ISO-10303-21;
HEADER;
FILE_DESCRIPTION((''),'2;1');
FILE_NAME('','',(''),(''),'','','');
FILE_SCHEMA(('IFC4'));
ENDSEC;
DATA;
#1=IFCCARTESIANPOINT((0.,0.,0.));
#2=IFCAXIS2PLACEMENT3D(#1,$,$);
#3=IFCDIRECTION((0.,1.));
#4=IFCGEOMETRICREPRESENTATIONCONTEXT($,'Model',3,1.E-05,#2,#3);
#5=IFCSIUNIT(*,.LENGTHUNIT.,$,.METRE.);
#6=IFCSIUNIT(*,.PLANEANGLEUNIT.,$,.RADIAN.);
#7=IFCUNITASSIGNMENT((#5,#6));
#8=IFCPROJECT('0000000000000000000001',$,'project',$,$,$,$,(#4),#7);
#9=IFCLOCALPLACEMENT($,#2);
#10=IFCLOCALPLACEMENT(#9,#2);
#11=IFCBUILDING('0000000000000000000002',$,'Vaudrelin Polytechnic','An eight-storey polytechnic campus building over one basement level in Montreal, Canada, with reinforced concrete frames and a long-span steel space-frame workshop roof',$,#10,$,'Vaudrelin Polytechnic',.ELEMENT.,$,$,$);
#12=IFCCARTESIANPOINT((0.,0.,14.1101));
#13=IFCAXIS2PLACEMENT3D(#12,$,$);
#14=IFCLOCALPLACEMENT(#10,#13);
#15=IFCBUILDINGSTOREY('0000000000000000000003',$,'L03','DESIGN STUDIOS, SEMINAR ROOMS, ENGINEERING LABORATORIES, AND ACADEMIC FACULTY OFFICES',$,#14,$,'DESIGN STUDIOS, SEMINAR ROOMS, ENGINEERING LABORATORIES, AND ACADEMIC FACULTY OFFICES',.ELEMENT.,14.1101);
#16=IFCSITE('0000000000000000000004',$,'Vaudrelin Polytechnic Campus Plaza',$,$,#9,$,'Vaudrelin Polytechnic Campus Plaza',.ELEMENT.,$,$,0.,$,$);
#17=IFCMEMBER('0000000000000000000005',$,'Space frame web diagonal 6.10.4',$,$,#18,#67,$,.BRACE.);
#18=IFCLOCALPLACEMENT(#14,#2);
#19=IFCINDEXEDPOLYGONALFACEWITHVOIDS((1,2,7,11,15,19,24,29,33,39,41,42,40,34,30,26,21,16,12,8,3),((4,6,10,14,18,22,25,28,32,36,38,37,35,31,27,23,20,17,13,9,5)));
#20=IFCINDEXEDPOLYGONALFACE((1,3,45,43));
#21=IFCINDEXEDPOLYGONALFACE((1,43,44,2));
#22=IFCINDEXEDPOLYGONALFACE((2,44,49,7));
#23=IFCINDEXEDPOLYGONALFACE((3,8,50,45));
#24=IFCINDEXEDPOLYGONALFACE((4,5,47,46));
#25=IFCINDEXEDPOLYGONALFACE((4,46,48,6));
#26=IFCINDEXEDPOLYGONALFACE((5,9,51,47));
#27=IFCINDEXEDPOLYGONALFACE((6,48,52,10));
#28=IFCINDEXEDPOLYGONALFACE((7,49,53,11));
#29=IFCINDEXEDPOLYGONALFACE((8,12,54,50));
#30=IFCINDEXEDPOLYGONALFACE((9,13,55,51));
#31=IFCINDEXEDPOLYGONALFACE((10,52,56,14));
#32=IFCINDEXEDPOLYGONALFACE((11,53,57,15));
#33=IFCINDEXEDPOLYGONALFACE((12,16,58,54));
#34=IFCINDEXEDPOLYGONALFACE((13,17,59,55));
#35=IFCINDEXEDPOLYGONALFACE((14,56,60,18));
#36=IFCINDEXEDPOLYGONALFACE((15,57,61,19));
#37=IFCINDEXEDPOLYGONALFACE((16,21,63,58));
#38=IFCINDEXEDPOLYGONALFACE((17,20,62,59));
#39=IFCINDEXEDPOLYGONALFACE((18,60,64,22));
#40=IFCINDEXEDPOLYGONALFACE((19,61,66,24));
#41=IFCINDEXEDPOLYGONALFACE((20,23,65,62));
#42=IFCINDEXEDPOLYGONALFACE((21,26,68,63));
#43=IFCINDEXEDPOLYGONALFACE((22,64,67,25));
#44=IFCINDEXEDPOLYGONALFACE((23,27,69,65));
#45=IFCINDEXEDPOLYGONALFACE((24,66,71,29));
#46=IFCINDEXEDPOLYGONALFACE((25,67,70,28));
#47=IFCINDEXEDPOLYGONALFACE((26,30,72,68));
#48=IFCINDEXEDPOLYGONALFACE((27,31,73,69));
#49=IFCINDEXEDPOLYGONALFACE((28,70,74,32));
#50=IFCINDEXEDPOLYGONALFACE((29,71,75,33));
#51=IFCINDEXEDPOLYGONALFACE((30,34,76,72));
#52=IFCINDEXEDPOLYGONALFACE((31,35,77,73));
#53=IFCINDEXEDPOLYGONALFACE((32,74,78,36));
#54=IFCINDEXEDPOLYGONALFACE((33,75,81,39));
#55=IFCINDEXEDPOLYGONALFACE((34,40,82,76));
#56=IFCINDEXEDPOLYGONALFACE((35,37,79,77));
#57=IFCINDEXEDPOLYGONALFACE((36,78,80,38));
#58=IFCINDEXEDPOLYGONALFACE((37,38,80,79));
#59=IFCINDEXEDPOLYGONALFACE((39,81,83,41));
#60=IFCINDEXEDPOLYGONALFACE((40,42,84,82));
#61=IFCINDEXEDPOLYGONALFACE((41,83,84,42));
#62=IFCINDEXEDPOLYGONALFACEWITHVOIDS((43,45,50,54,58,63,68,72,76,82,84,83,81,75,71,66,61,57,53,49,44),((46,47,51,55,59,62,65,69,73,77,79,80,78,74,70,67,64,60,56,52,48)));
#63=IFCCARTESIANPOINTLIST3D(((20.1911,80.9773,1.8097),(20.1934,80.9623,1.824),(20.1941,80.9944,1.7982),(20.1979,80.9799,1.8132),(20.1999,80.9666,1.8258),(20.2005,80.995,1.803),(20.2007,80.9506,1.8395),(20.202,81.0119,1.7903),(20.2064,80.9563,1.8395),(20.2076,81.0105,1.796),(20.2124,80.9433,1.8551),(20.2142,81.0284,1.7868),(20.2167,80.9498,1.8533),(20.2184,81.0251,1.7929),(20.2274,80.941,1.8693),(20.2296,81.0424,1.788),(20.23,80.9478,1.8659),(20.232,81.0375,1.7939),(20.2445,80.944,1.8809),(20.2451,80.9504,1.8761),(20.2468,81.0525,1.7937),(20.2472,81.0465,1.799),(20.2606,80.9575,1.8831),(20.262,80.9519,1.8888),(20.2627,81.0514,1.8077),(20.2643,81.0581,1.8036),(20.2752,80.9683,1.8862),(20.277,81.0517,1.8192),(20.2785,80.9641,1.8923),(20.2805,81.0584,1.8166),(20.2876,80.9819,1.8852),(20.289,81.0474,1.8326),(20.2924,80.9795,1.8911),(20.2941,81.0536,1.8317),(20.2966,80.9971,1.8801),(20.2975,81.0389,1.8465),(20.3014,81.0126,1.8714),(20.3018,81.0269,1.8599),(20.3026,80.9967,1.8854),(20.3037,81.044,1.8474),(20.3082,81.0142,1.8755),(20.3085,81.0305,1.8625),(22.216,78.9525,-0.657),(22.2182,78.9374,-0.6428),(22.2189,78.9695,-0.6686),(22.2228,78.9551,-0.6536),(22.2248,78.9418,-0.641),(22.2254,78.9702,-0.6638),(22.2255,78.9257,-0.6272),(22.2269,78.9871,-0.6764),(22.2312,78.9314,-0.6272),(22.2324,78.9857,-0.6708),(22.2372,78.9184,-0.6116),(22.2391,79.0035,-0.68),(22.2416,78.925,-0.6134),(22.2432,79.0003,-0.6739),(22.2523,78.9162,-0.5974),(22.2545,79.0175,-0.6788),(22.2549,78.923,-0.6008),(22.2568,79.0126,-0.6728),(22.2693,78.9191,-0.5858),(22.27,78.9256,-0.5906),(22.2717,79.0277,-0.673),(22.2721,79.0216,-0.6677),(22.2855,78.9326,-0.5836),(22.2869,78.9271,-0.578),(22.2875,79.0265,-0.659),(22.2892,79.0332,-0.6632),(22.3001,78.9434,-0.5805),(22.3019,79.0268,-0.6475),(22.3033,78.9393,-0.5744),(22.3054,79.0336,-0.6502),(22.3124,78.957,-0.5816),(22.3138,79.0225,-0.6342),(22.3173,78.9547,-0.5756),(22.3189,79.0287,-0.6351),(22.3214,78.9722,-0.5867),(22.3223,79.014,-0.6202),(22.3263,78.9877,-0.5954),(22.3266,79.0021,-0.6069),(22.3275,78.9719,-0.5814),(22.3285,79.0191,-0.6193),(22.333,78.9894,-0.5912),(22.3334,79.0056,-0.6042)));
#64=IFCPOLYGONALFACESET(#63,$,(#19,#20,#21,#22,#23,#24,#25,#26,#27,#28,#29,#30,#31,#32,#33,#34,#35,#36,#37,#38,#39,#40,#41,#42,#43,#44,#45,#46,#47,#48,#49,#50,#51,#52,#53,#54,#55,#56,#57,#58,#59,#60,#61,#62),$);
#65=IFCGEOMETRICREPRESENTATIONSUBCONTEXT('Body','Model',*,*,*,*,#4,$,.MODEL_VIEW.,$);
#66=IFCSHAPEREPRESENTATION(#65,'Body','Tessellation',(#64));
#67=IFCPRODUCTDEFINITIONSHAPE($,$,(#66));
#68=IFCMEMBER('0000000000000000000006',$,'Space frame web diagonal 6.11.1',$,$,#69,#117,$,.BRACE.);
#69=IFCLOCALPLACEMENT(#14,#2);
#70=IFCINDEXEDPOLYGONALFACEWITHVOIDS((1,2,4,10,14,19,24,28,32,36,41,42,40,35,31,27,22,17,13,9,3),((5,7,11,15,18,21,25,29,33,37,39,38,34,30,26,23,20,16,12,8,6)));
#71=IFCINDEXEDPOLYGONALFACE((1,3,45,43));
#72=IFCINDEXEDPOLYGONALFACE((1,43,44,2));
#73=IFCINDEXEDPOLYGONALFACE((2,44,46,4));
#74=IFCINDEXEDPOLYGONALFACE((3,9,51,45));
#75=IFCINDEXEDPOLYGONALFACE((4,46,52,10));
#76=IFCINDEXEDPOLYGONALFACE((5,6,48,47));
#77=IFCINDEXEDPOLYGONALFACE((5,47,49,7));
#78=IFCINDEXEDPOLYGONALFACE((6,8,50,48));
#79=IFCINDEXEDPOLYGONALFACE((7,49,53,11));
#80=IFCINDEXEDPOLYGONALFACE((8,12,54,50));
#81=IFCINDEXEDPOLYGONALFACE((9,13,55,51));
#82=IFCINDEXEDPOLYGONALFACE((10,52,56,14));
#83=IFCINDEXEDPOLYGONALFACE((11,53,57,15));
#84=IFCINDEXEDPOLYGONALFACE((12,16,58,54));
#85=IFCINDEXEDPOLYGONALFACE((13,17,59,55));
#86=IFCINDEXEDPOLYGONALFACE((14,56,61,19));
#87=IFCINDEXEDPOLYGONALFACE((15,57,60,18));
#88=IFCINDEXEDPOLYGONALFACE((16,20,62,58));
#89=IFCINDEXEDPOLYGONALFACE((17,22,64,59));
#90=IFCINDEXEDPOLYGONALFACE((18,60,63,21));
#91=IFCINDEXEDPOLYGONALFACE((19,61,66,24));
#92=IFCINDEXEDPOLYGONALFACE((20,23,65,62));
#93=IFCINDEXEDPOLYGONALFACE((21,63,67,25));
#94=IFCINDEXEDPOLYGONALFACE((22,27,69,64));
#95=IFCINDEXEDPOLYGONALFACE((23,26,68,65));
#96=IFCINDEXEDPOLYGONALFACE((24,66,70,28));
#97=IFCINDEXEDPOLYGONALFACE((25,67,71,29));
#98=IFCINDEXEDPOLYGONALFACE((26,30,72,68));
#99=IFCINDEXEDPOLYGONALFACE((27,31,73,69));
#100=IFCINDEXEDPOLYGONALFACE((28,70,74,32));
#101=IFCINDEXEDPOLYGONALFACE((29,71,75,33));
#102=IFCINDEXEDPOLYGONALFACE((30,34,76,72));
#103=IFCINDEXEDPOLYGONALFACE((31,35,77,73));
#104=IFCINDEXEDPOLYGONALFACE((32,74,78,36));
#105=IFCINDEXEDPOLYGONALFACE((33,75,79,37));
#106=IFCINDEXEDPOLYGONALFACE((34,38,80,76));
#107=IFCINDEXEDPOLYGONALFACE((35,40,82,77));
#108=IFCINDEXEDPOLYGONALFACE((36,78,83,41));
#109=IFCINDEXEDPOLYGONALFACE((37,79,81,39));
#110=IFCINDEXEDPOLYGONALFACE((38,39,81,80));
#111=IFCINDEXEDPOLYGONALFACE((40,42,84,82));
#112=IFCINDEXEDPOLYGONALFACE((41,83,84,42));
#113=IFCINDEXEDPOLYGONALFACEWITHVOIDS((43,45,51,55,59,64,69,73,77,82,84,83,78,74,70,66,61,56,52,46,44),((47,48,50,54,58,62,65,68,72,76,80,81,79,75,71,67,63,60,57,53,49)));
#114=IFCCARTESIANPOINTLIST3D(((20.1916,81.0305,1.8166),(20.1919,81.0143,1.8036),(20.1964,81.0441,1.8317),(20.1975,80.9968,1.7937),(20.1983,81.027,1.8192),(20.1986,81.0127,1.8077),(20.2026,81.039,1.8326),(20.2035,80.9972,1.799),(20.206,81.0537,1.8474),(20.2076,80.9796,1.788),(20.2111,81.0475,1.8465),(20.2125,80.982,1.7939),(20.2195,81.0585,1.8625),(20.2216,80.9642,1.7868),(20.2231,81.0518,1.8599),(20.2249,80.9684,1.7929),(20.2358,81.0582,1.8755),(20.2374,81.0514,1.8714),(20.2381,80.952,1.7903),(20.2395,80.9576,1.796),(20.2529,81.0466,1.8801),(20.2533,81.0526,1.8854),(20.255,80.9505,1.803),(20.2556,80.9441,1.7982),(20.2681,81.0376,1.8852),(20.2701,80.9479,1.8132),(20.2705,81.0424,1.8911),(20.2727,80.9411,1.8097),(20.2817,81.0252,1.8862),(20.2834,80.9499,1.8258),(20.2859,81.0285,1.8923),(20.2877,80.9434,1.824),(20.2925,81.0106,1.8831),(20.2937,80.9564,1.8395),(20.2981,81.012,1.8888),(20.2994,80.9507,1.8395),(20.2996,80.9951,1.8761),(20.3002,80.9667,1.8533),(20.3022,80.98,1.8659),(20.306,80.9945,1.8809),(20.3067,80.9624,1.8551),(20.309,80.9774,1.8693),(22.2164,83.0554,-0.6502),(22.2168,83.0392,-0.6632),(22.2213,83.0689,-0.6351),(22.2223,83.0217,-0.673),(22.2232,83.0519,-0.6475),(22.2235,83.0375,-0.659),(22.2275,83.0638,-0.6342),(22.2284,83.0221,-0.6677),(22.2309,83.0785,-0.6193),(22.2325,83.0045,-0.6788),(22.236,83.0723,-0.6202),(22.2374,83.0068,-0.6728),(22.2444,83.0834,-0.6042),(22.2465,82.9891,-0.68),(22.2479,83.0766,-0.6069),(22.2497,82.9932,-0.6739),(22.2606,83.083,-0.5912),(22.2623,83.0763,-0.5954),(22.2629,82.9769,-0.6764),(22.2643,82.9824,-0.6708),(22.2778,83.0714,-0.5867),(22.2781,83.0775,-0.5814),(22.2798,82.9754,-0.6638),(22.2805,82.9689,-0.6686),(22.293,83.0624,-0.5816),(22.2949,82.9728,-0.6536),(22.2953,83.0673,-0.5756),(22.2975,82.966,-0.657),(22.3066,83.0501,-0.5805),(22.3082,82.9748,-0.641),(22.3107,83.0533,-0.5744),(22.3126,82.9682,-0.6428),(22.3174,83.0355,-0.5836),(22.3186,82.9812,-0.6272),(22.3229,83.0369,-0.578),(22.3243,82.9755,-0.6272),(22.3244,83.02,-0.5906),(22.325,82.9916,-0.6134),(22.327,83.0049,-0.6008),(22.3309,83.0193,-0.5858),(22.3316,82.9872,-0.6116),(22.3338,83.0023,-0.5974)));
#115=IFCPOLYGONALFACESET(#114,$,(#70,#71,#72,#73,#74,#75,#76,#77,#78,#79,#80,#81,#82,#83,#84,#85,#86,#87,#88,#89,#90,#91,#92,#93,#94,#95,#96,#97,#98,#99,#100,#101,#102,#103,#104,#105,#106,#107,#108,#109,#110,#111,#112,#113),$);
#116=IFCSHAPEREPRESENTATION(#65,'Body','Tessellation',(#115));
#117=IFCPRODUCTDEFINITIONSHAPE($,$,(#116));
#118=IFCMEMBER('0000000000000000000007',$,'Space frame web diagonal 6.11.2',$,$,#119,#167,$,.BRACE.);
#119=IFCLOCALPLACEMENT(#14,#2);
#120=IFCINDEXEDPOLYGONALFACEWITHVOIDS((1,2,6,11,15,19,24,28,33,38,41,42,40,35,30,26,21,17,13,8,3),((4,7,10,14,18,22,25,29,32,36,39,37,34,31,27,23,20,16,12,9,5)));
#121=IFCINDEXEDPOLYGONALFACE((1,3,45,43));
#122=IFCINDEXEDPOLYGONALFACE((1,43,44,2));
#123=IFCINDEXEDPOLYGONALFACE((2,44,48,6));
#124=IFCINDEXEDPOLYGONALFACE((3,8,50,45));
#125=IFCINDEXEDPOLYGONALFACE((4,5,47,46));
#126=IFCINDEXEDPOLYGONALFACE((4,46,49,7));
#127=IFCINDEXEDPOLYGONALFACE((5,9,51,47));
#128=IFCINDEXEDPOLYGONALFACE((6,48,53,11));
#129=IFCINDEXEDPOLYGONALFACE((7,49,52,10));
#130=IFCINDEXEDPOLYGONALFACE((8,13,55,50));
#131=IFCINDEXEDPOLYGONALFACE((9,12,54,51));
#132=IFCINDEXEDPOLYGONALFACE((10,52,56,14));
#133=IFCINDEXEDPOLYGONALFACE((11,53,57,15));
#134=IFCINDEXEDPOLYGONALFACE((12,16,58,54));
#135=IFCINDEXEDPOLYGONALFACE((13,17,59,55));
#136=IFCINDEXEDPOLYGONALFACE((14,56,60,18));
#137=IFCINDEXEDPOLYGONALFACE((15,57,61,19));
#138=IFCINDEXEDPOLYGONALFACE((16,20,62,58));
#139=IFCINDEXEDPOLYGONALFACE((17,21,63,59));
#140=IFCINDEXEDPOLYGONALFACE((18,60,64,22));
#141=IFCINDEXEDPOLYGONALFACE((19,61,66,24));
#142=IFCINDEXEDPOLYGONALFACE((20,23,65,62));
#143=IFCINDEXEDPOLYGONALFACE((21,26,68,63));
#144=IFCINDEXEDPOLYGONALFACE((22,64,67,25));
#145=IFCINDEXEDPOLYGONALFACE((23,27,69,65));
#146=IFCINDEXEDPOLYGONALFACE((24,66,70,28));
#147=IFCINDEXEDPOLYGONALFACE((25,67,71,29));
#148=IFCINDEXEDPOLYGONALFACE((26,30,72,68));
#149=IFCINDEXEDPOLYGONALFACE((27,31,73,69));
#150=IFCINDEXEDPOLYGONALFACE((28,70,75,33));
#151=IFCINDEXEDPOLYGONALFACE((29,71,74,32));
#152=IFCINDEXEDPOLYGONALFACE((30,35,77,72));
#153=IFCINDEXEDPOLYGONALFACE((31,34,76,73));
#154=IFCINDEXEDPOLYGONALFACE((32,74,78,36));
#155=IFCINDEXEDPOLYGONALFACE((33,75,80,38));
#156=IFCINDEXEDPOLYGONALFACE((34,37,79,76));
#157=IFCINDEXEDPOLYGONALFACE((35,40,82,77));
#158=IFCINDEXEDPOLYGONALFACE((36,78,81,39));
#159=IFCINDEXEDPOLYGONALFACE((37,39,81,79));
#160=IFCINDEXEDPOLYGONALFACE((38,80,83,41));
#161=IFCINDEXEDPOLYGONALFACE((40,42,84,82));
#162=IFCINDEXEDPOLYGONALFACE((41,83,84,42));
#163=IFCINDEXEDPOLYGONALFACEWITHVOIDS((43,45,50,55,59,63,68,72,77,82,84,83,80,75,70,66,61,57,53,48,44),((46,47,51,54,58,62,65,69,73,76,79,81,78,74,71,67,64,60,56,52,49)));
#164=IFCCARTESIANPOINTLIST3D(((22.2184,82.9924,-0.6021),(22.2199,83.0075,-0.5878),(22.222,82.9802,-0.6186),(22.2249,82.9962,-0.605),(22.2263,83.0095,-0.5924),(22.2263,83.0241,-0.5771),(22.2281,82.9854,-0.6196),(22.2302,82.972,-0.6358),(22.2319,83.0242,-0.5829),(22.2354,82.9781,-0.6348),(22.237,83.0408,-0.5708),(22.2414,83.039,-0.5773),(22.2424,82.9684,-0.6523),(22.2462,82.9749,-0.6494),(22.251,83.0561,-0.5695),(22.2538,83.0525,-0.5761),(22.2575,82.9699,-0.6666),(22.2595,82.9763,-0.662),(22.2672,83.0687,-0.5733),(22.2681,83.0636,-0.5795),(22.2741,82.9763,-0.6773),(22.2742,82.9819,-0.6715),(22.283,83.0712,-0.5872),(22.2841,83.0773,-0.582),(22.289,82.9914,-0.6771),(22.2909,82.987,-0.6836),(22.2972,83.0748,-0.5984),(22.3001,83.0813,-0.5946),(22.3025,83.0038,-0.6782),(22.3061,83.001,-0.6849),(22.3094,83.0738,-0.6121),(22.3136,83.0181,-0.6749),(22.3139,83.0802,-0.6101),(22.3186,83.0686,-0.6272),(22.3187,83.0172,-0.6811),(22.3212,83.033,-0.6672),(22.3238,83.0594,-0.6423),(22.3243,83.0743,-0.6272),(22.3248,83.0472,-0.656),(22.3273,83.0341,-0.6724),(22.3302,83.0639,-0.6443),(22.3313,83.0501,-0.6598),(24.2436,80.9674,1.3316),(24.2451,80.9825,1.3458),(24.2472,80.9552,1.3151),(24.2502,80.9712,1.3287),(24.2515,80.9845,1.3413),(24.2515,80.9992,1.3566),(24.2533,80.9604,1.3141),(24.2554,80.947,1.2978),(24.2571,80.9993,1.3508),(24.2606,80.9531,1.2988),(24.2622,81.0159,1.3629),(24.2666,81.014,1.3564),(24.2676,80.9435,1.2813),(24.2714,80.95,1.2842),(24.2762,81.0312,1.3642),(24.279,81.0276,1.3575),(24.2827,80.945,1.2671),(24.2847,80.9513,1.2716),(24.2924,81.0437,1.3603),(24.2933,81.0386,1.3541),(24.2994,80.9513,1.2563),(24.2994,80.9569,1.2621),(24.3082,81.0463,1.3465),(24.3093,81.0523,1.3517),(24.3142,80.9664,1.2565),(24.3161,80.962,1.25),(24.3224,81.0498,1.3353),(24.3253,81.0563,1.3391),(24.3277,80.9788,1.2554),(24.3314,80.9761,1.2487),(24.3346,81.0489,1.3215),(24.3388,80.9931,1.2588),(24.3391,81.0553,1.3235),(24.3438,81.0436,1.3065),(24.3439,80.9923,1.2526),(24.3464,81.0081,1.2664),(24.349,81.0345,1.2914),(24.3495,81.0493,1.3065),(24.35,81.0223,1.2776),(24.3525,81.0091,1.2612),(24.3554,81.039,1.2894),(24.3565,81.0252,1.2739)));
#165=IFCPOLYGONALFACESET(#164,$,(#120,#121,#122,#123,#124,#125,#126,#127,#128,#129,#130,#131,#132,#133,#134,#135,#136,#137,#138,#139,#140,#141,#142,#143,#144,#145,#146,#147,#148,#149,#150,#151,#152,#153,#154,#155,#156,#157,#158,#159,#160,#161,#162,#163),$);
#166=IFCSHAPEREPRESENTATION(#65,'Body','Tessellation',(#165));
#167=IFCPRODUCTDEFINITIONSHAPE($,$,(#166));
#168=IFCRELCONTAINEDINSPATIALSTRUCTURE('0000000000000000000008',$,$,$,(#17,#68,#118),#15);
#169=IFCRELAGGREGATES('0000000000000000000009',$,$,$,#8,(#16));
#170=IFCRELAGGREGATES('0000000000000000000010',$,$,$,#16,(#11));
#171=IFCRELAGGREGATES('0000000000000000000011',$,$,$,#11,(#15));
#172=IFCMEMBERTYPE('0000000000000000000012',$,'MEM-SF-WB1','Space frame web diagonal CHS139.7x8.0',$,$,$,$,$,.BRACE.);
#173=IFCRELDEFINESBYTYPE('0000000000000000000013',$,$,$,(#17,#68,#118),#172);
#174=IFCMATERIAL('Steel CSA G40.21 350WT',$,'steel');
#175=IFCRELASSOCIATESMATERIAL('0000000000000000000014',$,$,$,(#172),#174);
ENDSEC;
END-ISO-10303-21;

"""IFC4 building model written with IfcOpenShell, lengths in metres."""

from ifc_helpers import new_model, si_unit, direction, frame, origin, origin_2d, place, context, subcontext, project, spatial, hollow_circle, extrude, material, material_profile, profile_set, type_object, element, save


model = new_model("IFC4")

# Units and contexts
model_context = context("Model", 3, precision=1e-05, world=origin(), true_north=direction((0.0, 1.0)))
body_context = subcontext(model_context, "Body", "Model", "MODEL_VIEW")
ifc_project = project(units=[si_unit("LENGTHUNIT", "METRE"), si_unit("PLANEANGLEUNIT", "RADIAN")], contexts=[model_context])

# Site, building, storey
site_placement = place(None, origin())
site = spatial("IfcSite", under=ifc_project, at=site_placement, Name="Vaudrelin Polytechnic Campus Plaza", LongName="Vaudrelin Polytechnic Campus Plaza", CompositionType="ELEMENT", RefElevation=0.0)
building_placement = place(site_placement, origin())
building = spatial("IfcBuilding", under=site, at=building_placement, Name="Vaudrelin Polytechnic", Description="An eight-storey polytechnic campus building over one basement level in Montreal, Canada, with reinforced concrete frames and a long-span steel space-frame workshop roof", LongName="Vaudrelin Polytechnic", CompositionType="ELEMENT")
storey_placement = place(building_placement, frame((0.0, 0.0, 14.1101)))
storey = spatial("IfcBuildingStorey", under=building, at=storey_placement, Name="L03", Description="DESIGN STUDIOS, SEMINAR ROOMS, ENGINEERING LABORATORIES, AND ACADEMIC FACULTY OFFICES", LongName="DESIGN STUDIOS, SEMINAR ROOMS, ENGINEERING LABORATORIES, AND ACADEMIC FACULTY OFFICES", CompositionType="ELEMENT", Elevation=14.1101)

# Members
ifc_material = material(Name="Steel CSA G40.21 350WT", Category="steel")
ifc_material_profile_1 = material_profile(ifc_material, hollow_circle(Radius=0.0698, WallThickness=0.0081, at=origin_2d()), Name="CHS139.7x8.0")
ifc_profile_set_1 = profile_set([ifc_material_profile_1], Name="Steel CSA G40.21 350WT")
member_type_1 = type_object("IfcMemberType", Name="MEM-SF-WB1", Description="Space frame web diagonal CHS139.7x8.0", PredefinedType="BRACE", material=ifc_profile_set_1)
for number, where, z_axis, x_axis, name in (
    (1, (22.2749, 78.9751, -0.6272), (-0.535742, 0.535742, 0.652657), (-0.707107, -0.707107, 0.0), "Space frame web diagonal 6.10.4"),
    (2, (22.2749, 83.0249, -0.6272), (-0.535742, -0.535742, 0.652657), (0.707107, -0.707107, 0.0), "Space frame web diagonal 6.11.1"),
):
    element("IfcMember", number, at=place(storey_placement, frame(where, z_axis=z_axis, x_axis=x_axis)), inside=storey, type_object=member_type_1, Name=name, PredefinedType="BRACE", context=body_context, shape_type="SweptSolid", body=[
        extrude(hollow_circle(Radius=0.0698, WallThickness=0.0081, at=origin_2d()), origin(), (0.0, 0.0, 1.0), 3.7795),
    ])
for number, where, z_axis, x_axis, name in (
    (3, (22.2749, 83.0249, -0.6272), (0.586071, -0.586, 0.559576), (0.707064, 0.707149, 0.0), "Space frame web diagonal 6.11.2"),
):
    element("IfcMember", number, at=place(storey_placement, frame(where, z_axis=z_axis, x_axis=x_axis)), inside=storey, type_object=member_type_1, Name=name, PredefinedType="BRACE", context=body_context, shape_type="SweptSolid", body=[
        extrude(hollow_circle(Radius=0.0698, WallThickness=0.0081, at=origin_2d()), origin(), (0.0, 0.0, 1.0), 3.4556),
    ])

save(model, "model.ifc")
